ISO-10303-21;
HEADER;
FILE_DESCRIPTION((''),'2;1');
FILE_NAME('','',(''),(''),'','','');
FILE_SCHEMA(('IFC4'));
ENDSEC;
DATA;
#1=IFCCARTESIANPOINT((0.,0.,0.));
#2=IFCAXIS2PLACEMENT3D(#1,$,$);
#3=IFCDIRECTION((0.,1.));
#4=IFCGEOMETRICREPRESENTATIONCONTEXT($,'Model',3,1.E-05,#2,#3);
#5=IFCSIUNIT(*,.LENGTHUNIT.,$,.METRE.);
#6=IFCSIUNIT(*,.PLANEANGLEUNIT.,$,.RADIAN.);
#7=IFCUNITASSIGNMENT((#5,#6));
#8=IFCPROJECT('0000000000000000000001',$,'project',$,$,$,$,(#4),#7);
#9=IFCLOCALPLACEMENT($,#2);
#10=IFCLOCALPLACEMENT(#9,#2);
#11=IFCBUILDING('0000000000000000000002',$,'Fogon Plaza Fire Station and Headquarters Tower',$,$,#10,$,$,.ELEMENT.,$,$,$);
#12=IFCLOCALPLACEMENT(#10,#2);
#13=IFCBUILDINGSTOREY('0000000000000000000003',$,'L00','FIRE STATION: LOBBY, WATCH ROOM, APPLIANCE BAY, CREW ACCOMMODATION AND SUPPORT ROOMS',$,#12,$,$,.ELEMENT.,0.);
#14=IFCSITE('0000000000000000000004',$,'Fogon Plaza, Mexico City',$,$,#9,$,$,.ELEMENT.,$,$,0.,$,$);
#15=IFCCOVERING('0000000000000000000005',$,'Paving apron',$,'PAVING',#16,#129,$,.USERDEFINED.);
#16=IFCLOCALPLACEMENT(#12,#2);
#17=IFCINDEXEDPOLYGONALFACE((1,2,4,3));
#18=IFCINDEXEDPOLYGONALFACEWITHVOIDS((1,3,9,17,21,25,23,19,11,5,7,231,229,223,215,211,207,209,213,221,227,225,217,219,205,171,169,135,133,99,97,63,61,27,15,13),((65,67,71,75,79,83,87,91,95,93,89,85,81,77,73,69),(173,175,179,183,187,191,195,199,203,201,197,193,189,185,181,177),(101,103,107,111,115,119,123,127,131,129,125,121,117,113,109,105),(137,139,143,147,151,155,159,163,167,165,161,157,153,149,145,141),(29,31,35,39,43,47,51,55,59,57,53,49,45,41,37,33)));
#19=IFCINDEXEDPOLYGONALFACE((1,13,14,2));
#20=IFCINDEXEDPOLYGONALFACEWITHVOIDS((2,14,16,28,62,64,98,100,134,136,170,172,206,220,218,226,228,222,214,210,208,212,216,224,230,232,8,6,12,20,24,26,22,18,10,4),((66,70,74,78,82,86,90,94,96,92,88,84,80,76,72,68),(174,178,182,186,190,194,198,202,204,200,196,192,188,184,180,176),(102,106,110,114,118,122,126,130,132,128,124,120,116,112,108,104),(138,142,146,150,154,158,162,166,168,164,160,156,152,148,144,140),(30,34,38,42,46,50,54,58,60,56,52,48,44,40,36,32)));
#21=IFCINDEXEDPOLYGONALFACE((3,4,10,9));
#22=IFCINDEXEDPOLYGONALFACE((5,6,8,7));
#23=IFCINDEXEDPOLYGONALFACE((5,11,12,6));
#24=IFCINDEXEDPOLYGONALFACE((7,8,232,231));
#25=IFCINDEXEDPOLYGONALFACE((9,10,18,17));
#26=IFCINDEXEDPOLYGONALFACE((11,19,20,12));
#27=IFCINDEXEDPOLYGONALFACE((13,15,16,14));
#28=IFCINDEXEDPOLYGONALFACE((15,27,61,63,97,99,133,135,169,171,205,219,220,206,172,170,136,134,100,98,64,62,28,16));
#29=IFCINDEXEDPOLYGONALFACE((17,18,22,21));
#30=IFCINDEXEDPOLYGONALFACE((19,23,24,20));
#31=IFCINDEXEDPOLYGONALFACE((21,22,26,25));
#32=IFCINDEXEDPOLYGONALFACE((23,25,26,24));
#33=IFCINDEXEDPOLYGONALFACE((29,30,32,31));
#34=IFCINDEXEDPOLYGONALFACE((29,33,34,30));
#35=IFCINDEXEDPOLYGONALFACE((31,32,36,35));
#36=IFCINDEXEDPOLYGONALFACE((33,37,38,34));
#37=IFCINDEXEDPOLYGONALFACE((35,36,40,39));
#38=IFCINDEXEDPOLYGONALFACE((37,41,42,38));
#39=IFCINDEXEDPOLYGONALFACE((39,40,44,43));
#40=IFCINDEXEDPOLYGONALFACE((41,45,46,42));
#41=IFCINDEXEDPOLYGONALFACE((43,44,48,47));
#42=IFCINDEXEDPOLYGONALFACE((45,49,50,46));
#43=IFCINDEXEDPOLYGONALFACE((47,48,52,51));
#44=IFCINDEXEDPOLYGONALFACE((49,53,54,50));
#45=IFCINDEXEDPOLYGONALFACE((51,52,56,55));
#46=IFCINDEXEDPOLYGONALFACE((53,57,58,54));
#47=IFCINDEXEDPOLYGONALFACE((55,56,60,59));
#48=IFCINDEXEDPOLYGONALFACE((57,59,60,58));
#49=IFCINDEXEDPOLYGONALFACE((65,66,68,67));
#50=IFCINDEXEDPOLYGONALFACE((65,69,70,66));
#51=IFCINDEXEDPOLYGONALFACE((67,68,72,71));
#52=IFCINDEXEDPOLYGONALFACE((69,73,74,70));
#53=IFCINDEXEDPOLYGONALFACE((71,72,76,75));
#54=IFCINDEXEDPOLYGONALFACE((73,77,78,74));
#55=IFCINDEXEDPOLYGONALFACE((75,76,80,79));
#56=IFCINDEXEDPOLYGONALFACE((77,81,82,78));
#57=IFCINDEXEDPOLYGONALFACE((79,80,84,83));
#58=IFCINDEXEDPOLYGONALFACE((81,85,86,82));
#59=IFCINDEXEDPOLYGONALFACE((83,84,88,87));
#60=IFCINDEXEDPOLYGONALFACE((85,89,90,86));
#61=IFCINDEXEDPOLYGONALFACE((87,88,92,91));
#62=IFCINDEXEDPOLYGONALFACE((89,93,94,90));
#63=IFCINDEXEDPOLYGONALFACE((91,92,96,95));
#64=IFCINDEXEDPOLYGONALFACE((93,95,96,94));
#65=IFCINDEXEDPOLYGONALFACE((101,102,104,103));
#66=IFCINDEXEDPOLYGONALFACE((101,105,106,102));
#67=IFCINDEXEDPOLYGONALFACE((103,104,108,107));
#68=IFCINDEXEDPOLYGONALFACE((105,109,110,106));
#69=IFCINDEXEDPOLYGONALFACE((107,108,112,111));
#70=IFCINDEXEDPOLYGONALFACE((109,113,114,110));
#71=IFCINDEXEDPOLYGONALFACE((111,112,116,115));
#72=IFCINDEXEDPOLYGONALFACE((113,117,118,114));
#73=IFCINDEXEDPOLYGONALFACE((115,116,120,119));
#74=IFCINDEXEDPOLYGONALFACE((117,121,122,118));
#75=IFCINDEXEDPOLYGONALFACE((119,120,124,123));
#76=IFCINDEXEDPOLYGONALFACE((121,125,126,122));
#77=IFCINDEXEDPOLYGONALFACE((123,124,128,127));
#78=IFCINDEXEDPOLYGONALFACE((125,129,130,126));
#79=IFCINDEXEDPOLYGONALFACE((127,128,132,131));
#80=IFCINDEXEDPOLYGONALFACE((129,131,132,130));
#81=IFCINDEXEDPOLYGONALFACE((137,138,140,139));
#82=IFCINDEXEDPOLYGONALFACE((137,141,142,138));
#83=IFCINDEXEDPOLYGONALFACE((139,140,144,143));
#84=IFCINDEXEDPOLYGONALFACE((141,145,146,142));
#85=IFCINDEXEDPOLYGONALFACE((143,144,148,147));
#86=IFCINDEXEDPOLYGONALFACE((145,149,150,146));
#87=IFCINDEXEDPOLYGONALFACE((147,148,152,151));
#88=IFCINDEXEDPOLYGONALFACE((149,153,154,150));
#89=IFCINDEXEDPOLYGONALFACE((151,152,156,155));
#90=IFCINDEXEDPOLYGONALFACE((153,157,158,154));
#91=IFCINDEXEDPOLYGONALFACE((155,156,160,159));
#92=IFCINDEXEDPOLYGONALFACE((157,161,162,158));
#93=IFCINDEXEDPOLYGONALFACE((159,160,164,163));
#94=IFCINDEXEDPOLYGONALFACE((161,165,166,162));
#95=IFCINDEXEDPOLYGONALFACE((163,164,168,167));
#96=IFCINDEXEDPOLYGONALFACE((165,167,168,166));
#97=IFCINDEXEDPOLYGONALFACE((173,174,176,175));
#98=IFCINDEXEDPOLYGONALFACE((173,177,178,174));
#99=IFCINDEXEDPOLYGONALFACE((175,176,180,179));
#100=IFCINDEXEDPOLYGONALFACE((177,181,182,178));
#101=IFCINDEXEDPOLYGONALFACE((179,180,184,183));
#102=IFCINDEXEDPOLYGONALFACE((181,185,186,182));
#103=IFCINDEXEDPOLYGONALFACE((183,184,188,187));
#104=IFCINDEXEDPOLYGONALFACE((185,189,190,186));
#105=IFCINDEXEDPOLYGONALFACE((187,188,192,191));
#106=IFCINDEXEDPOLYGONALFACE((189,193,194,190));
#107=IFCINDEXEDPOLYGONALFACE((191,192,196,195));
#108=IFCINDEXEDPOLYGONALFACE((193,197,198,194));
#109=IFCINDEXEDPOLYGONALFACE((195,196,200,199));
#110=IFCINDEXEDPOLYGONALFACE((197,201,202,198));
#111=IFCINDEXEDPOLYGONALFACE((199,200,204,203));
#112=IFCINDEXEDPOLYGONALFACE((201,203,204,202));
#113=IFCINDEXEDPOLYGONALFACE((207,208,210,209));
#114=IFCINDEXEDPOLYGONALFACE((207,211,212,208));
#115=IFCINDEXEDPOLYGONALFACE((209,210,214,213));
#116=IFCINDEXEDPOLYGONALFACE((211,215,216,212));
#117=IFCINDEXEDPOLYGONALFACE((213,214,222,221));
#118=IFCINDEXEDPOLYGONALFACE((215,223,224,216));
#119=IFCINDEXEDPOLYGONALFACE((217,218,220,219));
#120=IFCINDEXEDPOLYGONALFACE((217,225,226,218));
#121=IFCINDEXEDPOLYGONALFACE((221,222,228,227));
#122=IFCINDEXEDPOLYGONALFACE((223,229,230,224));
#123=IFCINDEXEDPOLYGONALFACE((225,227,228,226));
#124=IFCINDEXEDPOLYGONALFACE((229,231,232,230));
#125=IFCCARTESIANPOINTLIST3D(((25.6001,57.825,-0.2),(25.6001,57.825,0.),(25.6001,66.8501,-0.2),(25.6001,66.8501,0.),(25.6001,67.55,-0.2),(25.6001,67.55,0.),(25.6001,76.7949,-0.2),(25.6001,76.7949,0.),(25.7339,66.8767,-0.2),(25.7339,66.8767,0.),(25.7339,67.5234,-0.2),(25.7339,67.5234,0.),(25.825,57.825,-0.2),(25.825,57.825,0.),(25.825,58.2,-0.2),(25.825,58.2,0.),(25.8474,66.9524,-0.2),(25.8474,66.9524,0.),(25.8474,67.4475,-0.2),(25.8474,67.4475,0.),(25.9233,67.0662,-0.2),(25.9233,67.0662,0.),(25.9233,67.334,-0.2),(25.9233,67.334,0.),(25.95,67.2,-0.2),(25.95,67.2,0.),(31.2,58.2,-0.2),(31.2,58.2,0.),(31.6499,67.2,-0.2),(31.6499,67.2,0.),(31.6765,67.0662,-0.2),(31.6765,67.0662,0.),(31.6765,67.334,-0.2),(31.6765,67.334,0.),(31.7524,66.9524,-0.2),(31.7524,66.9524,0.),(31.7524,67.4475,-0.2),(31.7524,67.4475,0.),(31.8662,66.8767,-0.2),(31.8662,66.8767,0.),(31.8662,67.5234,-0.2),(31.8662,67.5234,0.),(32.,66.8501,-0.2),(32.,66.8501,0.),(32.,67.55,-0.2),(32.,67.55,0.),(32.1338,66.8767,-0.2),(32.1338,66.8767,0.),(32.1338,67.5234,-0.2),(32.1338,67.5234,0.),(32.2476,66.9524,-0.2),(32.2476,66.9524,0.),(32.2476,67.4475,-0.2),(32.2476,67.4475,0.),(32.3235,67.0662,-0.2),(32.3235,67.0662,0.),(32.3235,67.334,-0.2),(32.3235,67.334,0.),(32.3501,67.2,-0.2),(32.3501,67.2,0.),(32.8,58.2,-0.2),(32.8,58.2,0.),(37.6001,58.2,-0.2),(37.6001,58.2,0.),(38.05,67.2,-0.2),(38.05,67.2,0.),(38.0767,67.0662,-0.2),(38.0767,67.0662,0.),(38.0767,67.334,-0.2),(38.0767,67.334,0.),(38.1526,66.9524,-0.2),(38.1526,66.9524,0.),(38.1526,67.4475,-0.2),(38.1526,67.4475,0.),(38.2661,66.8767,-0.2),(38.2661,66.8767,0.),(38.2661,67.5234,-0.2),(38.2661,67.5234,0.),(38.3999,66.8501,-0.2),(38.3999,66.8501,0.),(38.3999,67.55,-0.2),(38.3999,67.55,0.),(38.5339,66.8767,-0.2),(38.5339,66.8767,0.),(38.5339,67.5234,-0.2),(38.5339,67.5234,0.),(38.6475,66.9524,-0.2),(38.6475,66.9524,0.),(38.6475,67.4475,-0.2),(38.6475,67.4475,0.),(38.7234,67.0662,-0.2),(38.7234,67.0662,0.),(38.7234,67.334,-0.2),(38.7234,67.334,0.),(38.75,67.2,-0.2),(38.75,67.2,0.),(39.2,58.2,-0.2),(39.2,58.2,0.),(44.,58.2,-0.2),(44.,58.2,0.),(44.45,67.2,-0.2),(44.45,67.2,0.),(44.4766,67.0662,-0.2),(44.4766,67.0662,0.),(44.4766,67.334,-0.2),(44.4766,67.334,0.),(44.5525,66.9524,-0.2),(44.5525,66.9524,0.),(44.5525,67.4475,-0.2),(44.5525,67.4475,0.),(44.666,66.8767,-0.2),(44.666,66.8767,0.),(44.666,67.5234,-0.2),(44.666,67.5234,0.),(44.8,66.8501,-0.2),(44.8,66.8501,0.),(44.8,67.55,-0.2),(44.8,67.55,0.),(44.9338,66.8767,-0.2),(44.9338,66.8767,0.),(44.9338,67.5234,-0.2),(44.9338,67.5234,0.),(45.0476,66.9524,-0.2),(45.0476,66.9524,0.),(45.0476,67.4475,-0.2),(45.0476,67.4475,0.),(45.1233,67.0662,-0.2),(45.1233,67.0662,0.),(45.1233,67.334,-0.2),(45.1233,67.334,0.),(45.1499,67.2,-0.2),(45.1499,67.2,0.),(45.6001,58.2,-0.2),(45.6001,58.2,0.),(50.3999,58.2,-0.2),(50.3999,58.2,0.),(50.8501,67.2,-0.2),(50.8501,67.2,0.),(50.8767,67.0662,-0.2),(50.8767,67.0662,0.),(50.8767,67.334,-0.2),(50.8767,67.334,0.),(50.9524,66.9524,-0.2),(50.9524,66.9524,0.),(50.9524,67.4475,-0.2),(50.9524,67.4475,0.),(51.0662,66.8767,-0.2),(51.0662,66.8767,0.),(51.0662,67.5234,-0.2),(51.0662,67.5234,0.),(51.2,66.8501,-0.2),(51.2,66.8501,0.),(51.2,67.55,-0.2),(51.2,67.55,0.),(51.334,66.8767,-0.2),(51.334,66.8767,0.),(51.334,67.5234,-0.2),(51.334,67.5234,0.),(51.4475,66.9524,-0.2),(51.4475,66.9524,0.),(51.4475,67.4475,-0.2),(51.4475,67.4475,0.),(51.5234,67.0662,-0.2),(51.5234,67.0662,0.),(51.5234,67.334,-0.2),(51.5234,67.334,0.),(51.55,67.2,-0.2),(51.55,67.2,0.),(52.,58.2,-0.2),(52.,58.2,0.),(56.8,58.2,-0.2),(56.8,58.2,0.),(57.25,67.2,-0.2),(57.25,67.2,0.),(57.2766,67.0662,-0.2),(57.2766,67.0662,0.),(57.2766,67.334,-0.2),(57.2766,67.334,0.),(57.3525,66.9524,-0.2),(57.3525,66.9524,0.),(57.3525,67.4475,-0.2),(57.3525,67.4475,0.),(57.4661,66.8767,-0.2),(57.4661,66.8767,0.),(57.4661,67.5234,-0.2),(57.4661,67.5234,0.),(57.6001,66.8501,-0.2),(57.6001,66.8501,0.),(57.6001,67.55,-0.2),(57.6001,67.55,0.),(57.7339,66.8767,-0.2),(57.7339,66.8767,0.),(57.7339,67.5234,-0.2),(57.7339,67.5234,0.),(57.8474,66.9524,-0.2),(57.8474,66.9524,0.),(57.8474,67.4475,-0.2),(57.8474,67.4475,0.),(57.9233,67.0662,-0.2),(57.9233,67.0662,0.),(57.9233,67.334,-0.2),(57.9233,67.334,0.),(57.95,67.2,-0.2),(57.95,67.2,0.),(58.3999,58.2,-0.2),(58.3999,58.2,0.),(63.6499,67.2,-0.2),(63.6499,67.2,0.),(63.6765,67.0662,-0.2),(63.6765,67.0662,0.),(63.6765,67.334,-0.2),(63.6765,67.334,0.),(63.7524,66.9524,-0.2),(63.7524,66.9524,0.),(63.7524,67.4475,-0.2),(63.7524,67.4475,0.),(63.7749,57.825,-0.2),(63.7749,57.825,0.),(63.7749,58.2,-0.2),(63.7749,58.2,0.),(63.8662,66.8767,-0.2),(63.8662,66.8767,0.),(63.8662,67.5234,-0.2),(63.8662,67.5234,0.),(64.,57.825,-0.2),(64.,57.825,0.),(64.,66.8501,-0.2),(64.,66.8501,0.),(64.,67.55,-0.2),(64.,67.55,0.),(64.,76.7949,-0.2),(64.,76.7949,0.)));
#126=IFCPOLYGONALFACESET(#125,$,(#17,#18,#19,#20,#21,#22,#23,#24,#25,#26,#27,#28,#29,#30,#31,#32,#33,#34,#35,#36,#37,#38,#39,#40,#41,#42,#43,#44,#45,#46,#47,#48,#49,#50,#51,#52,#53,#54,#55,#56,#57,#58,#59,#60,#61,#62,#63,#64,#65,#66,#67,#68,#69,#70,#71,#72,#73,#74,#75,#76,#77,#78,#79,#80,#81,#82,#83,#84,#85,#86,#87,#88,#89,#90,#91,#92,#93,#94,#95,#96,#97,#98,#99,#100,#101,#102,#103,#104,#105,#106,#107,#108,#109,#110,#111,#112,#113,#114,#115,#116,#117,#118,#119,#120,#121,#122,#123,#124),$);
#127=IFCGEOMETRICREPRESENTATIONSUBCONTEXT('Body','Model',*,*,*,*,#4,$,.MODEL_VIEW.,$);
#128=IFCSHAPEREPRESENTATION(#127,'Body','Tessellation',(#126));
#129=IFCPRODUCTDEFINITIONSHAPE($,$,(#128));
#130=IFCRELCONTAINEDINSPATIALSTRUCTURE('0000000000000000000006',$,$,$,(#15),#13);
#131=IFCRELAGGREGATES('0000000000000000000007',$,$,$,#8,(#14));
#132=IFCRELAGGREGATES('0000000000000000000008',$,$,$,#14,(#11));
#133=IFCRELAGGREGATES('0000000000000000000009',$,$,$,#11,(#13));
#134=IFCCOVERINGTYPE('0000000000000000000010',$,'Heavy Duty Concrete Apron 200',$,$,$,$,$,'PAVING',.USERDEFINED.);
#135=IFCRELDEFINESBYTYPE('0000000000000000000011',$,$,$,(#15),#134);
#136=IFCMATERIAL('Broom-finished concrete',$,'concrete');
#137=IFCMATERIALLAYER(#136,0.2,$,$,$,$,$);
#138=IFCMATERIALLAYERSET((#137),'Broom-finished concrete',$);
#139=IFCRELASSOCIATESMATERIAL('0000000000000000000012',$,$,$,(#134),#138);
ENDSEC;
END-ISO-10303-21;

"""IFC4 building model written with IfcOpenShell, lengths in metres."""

from ifc_helpers import new_model, si_unit, direction, frame, origin, place, context, subcontext, project, spatial, polyline, outline, extrude, material, layer, layer_set, type_object, element, save


model = new_model("IFC4")

# Units and contexts
model_context = context("Model", 3, precision=1e-05, world=origin(), true_north=direction((0.0, 1.0)))
body_context = subcontext(model_context, "Body", "Model", "MODEL_VIEW")
ifc_project = project(units=[si_unit("LENGTHUNIT", "METRE"), si_unit("PLANEANGLEUNIT", "RADIAN")], contexts=[model_context])

# Site, building, storey
site_placement = place(None, origin())
site = spatial("IfcSite", under=ifc_project, at=site_placement, Name="Fogon Plaza, Mexico City", CompositionType="ELEMENT", RefElevation=0.0)
building_placement = place(site_placement, origin())
building = spatial("IfcBuilding", under=site, at=building_placement, Name="Fogon Plaza Fire Station and Headquarters Tower", CompositionType="ELEMENT")
storey_placement = place(building_placement, origin())
storey = spatial("IfcBuildingStorey", under=building, at=storey_placement, Name="L00", Description="FIRE STATION: LOBBY, WATCH ROOM, APPLIANCE BAY, CREW ACCOMMODATION AND SUPPORT ROOMS", CompositionType="ELEMENT", Elevation=0.0)

# Covering
ifc_material_1 = material(Name="Broom-finished concrete", Category="concrete")
ifc_layer_1 = layer(ifc_material_1, 0.2)
ifc_layer_set_1 = layer_set([ifc_layer_1], Name="Broom-finished concrete")
covering_type_1 = type_object("IfcCoveringType", Name="Heavy Duty Concrete Apron 200", ElementType="PAVING", PredefinedType="USERDEFINED", material=ifc_layer_set_1)
covering_1_placement = place(storey_placement, frame((0.0, 0.0, -0.2)))
element("IfcCovering", 1, at=covering_1_placement, inside=storey, type_object=covering_type_1, Name="Paving apron", ObjectType="PAVING", PredefinedType="USERDEFINED", context=body_context, shape_type="SweptSolid", body=[
    extrude(outline(polyline([(56.8, 57.75), (56.8, 58.2), (52.0, 58.2), (50.3999, 58.2), (50.3999, 57.6001), (50.3999, 57.6001), (50.3999, 57.75), (50.3999, 58.2), (45.6001, 58.2), (45.6001, 57.75), (45.6001, 57.6001), (45.6001, 57.6001), (45.6001, 58.2), (44.0, 58.2), (39.2, 58.2), (39.2, 57.75), (39.2, 57.6001), (39.2, 57.6001), (39.2, 58.2), (37.6001, 58.2), (32.8, 58.2), (31.2, 58.2), (25.825, 58.2), (25.825, 57.825), (25.6001, 57.825), (25.6001, 66.8501), (25.7339, 66.8767), (25.8474, 66.9524), (25.9233, 67.0662), (25.95, 67.2), (25.9233, 67.334), (25.8474, 67.4475), (25.7339, 67.5234), (25.6001, 67.55), (25.6001, 76.7949), (64.0, 76.7949), (64.0, 67.55), (63.8662, 67.5234), (63.7524, 67.4475), (63.6765, 67.334), (63.6499, 67.2), (63.6765, 67.0662), (63.7524, 66.9524), (63.8662, 66.8767), (64.0, 66.8501), (64.0, 57.825), (63.7749, 57.825), (63.7749, 58.2), (58.3999, 58.2), (56.8, 58.2), (56.8, 57.6001), (56.8, 57.6001), (56.8, 57.75)]), holes=[polyline([(31.7524, 66.9524), (31.8662, 66.8767), (32.0, 66.8501), (32.1338, 66.8767), (32.2476, 66.9524), (32.3235, 67.0662), (32.3501, 67.2), (32.3235, 67.334), (32.2476, 67.4475), (32.1338, 67.5234), (32.0, 67.55), (31.8662, 67.5234), (31.7524, 67.4475), (31.6765, 67.334), (31.6499, 67.2), (31.6765, 67.0662), (31.7524, 66.9524)]), polyline([(44.5525, 66.9524), (44.666, 66.8767), (44.8, 66.8501), (44.9338, 66.8767), (45.0476, 66.9524), (45.1233, 67.0662), (45.1499, 67.2), (45.1233, 67.334), (45.0476, 67.4475), (44.9338, 67.5234), (44.8, 67.55), (44.666, 67.5234), (44.5525, 67.4475), (44.4766, 67.334), (44.45, 67.2), (44.4766, 67.0662), (44.5525, 66.9524)]), polyline([(38.2661, 66.8767), (38.3999, 66.8501), (38.5339, 66.8767), (38.6475, 66.9524), (38.7234, 67.0662), (38.75, 67.2), (38.7234, 67.334), (38.6475, 67.4475), (38.5339, 67.5234), (38.3999, 67.55), (38.2661, 67.5234), (38.1526, 67.4475), (38.0767, 67.334), (38.05, 67.2), (38.0767, 67.0662), (38.1526, 66.9524), (38.2661, 66.8767)]), polyline([(57.4661, 66.8767), (57.6001, 66.8501), (57.7339, 66.8767), (57.8474, 66.9524), (57.9233, 67.0662), (57.95, 67.2), (57.9233, 67.334), (57.8474, 67.4475), (57.7339, 67.5234), (57.6001, 67.55), (57.4661, 67.5234), (57.3525, 67.4475), (57.2766, 67.334), (57.25, 67.2), (57.2766, 67.0662), (57.3525, 66.9524), (57.4661, 66.8767)]), polyline([(51.0662, 66.8767), (51.2, 66.8501), (51.334, 66.8767), (51.4475, 66.9524), (51.5234, 67.0662), (51.55, 67.2), (51.5234, 67.334), (51.4475, 67.4475), (51.334, 67.5234), (51.2, 67.55), (51.0662, 67.5234), (50.9524, 67.4475), (50.8767, 67.334), (50.8501, 67.2), (50.8767, 67.0662), (50.9524, 66.9524), (51.0662, 66.8767)])]), origin(), (0.0, 0.0, 1.0), 0.2),
])

save(model, "model.ifc")
